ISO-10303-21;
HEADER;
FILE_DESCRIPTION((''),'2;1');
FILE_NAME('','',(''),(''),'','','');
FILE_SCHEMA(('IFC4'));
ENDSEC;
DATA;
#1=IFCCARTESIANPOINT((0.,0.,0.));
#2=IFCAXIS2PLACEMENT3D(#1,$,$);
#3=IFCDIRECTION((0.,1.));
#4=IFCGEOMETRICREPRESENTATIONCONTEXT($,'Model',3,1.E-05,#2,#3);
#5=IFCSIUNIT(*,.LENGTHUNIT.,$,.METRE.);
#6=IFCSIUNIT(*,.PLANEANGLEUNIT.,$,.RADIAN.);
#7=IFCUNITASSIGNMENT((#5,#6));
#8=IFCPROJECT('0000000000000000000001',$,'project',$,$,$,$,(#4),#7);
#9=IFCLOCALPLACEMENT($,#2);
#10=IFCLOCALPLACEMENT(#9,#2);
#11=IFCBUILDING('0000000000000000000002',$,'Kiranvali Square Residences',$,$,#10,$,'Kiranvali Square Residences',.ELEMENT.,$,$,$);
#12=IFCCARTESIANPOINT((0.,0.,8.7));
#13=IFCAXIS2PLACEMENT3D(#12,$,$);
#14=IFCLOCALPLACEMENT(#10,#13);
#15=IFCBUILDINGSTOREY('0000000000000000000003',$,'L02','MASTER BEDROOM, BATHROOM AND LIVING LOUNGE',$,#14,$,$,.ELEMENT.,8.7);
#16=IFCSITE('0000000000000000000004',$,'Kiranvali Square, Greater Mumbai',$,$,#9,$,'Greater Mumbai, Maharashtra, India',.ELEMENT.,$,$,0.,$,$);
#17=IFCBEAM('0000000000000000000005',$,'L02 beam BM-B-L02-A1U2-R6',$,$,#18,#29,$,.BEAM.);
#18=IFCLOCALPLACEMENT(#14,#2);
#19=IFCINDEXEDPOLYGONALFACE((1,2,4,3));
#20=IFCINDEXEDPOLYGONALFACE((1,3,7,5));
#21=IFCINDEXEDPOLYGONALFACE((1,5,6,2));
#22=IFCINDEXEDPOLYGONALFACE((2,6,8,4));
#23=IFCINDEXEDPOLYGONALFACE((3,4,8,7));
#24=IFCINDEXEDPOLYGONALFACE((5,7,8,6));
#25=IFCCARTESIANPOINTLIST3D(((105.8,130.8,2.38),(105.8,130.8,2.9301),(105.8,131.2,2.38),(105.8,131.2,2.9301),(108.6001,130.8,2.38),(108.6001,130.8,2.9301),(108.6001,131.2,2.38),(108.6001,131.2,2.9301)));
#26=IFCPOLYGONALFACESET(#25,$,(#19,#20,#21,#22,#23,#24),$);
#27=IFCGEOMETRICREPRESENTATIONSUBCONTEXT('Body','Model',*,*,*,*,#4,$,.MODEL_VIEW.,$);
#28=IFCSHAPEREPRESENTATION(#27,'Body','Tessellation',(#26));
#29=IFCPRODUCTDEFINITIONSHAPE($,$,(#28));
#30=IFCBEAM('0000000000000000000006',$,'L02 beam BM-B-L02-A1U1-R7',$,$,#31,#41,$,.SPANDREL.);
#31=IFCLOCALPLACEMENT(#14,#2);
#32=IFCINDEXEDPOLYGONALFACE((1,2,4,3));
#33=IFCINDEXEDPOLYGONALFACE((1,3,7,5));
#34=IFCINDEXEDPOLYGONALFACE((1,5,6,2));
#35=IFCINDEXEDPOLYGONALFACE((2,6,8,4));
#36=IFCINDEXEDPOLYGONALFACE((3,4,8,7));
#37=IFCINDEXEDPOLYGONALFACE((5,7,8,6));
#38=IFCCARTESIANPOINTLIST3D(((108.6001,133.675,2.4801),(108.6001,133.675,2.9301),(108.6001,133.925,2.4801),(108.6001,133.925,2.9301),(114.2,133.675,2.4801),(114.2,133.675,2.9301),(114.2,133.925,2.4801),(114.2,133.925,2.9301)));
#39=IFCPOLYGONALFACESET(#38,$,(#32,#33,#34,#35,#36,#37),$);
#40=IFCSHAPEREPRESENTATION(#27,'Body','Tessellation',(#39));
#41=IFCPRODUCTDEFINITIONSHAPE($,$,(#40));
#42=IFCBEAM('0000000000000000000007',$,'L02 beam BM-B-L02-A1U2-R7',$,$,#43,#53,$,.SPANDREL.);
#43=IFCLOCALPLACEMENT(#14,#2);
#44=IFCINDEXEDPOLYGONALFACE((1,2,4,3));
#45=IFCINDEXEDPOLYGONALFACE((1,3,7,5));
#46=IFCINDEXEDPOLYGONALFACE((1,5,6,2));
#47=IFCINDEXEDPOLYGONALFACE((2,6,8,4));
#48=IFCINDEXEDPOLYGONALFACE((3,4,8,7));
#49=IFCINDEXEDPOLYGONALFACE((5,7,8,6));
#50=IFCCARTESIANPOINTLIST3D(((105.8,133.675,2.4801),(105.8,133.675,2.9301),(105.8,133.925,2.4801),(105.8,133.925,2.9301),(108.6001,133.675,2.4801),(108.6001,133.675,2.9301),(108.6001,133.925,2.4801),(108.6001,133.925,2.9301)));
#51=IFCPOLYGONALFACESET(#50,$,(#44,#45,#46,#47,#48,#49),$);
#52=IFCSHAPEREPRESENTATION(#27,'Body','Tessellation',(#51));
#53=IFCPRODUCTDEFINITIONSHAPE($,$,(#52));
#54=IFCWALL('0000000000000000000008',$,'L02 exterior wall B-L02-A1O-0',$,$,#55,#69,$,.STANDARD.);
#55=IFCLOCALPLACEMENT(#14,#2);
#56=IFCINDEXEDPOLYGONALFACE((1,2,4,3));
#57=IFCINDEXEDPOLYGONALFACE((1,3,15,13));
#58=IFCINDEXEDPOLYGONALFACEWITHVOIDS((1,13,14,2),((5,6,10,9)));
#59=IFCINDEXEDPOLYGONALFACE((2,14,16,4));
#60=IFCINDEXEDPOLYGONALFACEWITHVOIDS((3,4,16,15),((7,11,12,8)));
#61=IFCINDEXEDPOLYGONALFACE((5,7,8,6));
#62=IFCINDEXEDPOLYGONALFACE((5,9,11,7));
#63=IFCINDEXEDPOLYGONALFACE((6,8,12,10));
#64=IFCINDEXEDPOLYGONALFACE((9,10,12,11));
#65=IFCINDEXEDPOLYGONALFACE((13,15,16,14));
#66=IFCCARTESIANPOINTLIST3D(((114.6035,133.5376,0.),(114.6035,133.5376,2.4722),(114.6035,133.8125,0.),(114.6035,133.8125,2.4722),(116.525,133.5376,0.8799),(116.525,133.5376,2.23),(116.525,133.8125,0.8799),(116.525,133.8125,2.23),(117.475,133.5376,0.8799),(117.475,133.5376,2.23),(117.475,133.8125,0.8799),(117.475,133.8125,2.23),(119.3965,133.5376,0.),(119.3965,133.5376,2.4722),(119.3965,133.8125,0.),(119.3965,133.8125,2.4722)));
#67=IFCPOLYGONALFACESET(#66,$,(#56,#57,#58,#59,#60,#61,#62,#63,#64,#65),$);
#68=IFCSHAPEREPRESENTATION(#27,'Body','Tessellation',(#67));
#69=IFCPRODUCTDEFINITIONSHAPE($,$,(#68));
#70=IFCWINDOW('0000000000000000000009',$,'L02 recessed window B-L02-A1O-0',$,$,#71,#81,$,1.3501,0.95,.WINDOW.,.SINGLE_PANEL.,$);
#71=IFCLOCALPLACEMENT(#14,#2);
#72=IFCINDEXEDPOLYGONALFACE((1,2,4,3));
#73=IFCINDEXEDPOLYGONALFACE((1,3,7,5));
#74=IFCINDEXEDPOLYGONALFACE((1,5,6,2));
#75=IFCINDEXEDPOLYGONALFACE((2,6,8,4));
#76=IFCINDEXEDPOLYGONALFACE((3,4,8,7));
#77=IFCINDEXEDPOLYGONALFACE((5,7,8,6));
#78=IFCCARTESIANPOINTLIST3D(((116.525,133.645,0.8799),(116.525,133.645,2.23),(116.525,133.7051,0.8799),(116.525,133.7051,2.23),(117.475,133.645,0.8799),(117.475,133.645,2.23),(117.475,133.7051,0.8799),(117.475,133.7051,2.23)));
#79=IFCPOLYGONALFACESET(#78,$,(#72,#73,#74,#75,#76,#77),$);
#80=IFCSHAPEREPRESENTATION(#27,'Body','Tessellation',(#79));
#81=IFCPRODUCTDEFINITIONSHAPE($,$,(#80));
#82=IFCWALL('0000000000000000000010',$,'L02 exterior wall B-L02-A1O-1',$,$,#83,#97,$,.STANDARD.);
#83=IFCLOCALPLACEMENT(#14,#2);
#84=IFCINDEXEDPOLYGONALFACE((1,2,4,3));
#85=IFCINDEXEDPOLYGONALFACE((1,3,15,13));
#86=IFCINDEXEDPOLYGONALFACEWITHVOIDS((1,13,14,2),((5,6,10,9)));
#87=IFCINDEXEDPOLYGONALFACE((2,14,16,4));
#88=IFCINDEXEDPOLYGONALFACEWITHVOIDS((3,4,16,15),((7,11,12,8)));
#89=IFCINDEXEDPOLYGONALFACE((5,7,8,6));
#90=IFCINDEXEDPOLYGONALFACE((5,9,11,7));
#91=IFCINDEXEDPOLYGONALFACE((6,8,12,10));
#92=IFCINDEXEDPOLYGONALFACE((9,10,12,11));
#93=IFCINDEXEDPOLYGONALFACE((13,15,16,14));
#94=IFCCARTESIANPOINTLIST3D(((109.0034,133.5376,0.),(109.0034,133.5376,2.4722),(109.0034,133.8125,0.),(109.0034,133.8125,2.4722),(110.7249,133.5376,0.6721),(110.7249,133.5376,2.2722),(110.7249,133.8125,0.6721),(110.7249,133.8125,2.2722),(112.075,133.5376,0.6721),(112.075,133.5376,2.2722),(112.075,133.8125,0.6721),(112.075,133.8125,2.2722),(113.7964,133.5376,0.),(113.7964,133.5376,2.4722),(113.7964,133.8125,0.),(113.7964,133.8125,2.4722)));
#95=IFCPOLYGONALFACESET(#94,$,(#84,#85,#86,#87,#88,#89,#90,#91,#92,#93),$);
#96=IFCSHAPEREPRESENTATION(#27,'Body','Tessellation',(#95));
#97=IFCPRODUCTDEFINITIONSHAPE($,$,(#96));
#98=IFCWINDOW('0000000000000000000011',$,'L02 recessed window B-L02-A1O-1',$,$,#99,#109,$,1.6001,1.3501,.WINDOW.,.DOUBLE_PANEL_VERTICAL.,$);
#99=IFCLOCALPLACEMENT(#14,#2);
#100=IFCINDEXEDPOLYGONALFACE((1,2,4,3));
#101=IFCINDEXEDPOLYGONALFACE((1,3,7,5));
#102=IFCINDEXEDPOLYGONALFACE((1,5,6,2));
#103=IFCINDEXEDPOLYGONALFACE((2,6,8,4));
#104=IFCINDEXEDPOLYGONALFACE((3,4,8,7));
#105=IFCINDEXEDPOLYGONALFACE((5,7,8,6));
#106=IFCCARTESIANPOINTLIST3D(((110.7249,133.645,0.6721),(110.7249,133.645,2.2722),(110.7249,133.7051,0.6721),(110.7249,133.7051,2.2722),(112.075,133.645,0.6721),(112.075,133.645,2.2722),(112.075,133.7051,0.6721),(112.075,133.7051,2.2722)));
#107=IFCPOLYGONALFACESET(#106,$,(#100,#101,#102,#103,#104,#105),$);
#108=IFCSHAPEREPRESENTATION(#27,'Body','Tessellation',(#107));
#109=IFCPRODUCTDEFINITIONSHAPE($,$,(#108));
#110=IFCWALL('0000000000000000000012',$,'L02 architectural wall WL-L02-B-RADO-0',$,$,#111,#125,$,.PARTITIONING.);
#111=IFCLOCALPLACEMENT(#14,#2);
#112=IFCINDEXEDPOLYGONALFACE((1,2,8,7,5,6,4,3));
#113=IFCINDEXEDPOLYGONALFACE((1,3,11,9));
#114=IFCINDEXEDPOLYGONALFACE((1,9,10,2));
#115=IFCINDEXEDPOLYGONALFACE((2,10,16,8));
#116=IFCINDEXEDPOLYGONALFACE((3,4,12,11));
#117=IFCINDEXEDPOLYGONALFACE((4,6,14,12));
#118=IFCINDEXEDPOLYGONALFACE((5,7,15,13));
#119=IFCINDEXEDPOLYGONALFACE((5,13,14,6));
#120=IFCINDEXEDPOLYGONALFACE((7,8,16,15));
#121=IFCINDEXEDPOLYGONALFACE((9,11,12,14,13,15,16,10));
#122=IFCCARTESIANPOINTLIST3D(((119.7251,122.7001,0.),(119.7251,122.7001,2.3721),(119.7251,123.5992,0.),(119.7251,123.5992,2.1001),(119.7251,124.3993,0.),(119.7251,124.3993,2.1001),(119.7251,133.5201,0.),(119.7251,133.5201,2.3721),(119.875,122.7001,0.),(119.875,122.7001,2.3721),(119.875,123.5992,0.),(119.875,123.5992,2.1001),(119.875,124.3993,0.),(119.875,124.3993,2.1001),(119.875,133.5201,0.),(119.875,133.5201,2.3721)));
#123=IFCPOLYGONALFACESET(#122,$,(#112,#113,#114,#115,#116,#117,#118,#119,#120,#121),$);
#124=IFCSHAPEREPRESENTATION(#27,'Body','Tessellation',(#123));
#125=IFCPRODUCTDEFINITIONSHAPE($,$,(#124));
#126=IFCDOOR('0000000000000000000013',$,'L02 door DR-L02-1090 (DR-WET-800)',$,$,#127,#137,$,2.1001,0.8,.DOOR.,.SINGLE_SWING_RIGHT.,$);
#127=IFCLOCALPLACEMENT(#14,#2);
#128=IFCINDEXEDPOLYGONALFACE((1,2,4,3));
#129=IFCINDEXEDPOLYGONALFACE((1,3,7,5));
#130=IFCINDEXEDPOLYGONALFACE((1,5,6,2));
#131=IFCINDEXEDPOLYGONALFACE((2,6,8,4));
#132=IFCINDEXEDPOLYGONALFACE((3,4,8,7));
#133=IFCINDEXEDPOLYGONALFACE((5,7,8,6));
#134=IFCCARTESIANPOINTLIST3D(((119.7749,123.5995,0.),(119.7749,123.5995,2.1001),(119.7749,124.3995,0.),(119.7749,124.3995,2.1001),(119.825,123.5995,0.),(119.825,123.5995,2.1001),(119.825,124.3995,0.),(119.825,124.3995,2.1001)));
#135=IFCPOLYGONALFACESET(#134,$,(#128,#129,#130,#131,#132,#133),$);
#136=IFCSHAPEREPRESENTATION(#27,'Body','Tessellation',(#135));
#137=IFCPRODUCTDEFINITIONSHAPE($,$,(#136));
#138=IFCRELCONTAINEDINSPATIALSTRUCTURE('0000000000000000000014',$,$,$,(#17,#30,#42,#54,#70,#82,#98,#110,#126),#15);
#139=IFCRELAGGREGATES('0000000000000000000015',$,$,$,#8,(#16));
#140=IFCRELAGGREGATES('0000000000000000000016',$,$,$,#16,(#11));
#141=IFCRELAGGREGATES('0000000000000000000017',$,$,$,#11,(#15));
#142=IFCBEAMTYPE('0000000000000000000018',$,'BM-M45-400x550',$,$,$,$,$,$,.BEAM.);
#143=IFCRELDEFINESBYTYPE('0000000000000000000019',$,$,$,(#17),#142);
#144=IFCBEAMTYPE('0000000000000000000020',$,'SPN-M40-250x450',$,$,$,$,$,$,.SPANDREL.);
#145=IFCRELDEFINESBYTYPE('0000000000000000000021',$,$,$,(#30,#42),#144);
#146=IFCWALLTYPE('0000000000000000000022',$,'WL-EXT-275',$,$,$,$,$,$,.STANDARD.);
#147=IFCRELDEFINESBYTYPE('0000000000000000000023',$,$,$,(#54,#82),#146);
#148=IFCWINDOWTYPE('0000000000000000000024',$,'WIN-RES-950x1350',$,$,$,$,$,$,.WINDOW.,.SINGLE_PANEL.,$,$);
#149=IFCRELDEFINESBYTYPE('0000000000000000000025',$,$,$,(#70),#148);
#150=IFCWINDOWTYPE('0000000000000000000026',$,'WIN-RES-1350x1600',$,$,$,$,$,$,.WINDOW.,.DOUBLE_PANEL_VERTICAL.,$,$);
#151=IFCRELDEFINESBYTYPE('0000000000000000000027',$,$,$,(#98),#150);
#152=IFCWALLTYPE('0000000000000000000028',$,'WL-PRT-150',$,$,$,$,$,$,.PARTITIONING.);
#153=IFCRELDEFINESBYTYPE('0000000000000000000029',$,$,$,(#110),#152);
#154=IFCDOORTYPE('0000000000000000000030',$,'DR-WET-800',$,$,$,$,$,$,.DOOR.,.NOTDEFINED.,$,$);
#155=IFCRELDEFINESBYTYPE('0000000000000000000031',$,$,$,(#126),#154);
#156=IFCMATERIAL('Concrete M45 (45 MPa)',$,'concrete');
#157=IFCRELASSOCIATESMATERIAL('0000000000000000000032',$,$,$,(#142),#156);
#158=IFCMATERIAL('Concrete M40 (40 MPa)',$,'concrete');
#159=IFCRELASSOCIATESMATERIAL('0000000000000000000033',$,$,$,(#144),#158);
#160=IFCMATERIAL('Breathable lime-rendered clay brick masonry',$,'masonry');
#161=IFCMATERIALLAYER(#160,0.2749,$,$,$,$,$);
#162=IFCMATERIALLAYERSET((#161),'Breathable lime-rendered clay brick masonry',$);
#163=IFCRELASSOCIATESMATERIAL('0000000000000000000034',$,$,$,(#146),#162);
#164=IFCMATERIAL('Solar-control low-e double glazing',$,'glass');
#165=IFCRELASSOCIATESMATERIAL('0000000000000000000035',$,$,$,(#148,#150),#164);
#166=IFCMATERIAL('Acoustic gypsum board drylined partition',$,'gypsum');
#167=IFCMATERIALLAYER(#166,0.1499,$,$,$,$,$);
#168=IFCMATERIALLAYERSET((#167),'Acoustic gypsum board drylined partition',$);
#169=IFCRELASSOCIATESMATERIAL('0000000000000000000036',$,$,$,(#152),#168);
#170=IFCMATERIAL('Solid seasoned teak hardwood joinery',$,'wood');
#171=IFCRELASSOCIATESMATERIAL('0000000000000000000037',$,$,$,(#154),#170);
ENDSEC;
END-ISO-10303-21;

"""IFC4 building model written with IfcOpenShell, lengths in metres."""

from ifc_helpers import new_model, si_unit, direction, frame, frame_2d, origin, origin_2d, place, context, subcontext, project, spatial, rectangle, extrude, material, layer, layer_set, material_profile, profile_set, type_object, element, fill, save


model = new_model("IFC4")

# Units and contexts
model_context = context("Model", 3, precision=1e-05, world=origin(), true_north=direction((0.0, 1.0)))
body_context = subcontext(model_context, "Body", "Model", "MODEL_VIEW")
ifc_project = project(units=[si_unit("LENGTHUNIT", "METRE"), si_unit("PLANEANGLEUNIT", "RADIAN")], contexts=[model_context])

# Site, building, storey
site_placement = place(None, origin())
site = spatial("IfcSite", under=ifc_project, at=site_placement, Name="Kiranvali Square, Greater Mumbai", LongName="Greater Mumbai, Maharashtra, India", CompositionType="ELEMENT", RefElevation=0.0)
building_placement = place(site_placement, origin())
building = spatial("IfcBuilding", under=site, at=building_placement, Name="Kiranvali Square Residences", LongName="Kiranvali Square Residences", CompositionType="ELEMENT")
storey_placement = place(building_placement, frame((0.0, 0.0, 8.7)))
storey = spatial("IfcBuildingStorey", under=building, at=storey_placement, Name="L02", Description="MASTER BEDROOM, BATHROOM AND LIVING LOUNGE", CompositionType="ELEMENT", Elevation=8.7)

# Beams
ifc_material_1 = material(Name="Concrete M40 (40 MPa)", Category="concrete")
ifc_material_2 = material(Name="Concrete M45 (45 MPa)", Category="concrete")
ifc_material_profile_1 = material_profile(ifc_material_2, rectangle(XDim=0.3999, YDim=0.55, at=origin_2d()), Name="RC 400x550")
ifc_profile_set_1 = profile_set([ifc_material_profile_1], Name="Concrete M45 (45 MPa)")
beam_type_1 = type_object("IfcBeamType", Name="BM-M45-400x550", PredefinedType="BEAM", material=ifc_profile_set_1)
beam_1_placement = place(storey_placement, frame((108.6001, 131.0, 2.655), z_axis=(-1.0, 0.0, 0.0), x_axis=(0.0, -1.0, 0.0)))
element("IfcBeam", 1, at=beam_1_placement, inside=storey, type_object=beam_type_1, Name="L02 beam BM-B-L02-A1U2-R6", PredefinedType="BEAM", context=body_context, shape_type="SweptSolid", body=[
    extrude(rectangle(XDim=0.3999, YDim=0.55, at=origin_2d()), origin(), (0.0, 0.0, 1.0), 2.8),
])
ifc_material_profile_2 = material_profile(ifc_material_1, rectangle(XDim=0.25, YDim=0.45, at=origin_2d()), Name="RC 250x450")
ifc_profile_set_2 = profile_set([ifc_material_profile_2], Name="Concrete M40 (40 MPa)")
beam_type_2 = type_object("IfcBeamType", Name="SPN-M40-250x450", PredefinedType="SPANDREL", material=ifc_profile_set_2)
beam_2_placement = place(storey_placement, frame((114.2, 133.8, 2.7051), z_axis=(-1.0, 0.0, 0.0), x_axis=(0.0, -1.0, 0.0)))
element("IfcBeam", 2, at=beam_2_placement, inside=storey, type_object=beam_type_2, Name="L02 beam BM-B-L02-A1U1-R7", PredefinedType="SPANDREL", context=body_context, shape_type="SweptSolid", body=[
    extrude(rectangle(XDim=0.25, YDim=0.45, at=origin_2d()), origin(), (0.0, 0.0, 1.0), 5.5999),
])
beam_3_placement = place(storey_placement, frame((108.6001, 133.8, 2.7051), z_axis=(-1.0, 0.0, 0.0), x_axis=(0.0, -1.0, 0.0)))
element("IfcBeam", 3, at=beam_3_placement, inside=storey, type_object=beam_type_2, Name="L02 beam BM-B-L02-A1U2-R7", PredefinedType="SPANDREL", context=body_context, shape_type="SweptSolid", body=[
    extrude(rectangle(XDim=0.25, YDim=0.45, at=origin_2d()), origin(), (0.0, 0.0, 1.0), 2.8),
])

# Walls, openings, windows
ifc_material_3 = material(Name="Breathable lime-rendered clay brick masonry", Category="masonry")
ifc_layer_1 = layer(ifc_material_3, 0.2749)
ifc_layer_set_1 = layer_set([ifc_layer_1], Name="Breathable lime-rendered clay brick masonry")
wall_type_1 = type_object("IfcWallType", Name="WL-EXT-275", PredefinedType="STANDARD", material=ifc_layer_set_1)
wall_1_placement = place(storey_placement, frame((119.3965, 133.675, 0.0), z_axis=(0.0, 0.0, 1.0), x_axis=(-1.0, 0.0, 0.0)))
wall_1 = element("IfcWall", 4, at=wall_1_placement, inside=storey, type_object=wall_type_1, Name="L02 exterior wall B-L02-A1O-0", PredefinedType="STANDARD", context=body_context, shape_type="SweptSolid", body=[
    extrude(rectangle(XDim=4.793, YDim=0.2749, at=frame_2d((2.3965, 0.0))), origin(), (0.0, 0.0, 1.0), 2.4722),
])
opening_1_placement = place(wall_1_placement, frame((1.9214, 0.0, 0.8799)))
opening_1 = element("IfcOpeningElement", 5, at=opening_1_placement, cuts=wall_1, PredefinedType="OPENING", context=body_context, shape_type="SweptSolid", body=[
    extrude(rectangle(XDim=0.95, YDim=1.3501, at=frame_2d((0.4751, 0.675))), frame((0.0, 0.1475, 0.0), z_axis=(0.0, -1.0, 0.0), x_axis=(1.0, 0.0, 0.0)), (0.0, 0.0, 1.0), 0.2949),
])
ifc_material_4 = material(Name="Solar-control low-e double glazing", Category="glass")
window_type_1 = type_object("IfcWindowType", Name="WIN-RES-950x1350", PartitioningType="SINGLE_PANEL", PredefinedType="WINDOW", material=ifc_material_4)
window_1_placement = place(opening_1_placement, origin())
window_1 = element("IfcWindow", 6, at=window_1_placement, inside=storey, type_object=window_type_1, Name="L02 recessed window B-L02-A1O-0", OverallHeight=1.3501, OverallWidth=0.95, PartitioningType="SINGLE_PANEL", PredefinedType="WINDOW", context=body_context, shape_type="SweptSolid", body=[
    extrude(rectangle(XDim=0.95, YDim=1.3501, at=frame_2d((0.4751, 0.675))), frame((0.0, 0.03, 0.0), z_axis=(0.0, -1.0, 0.0), x_axis=(1.0, 0.0, 0.0)), (0.0, 0.0, 1.0), 0.0601),
])
fill(opening_1, window_1)
wall_2_placement = place(storey_placement, frame((113.7964, 133.675, 0.0), z_axis=(0.0, 0.0, 1.0), x_axis=(-1.0, 0.0, 0.0)))
wall_2 = element("IfcWall", 7, at=wall_2_placement, inside=storey, type_object=wall_type_1, Name="L02 exterior wall B-L02-A1O-1", PredefinedType="STANDARD", context=body_context, shape_type="SweptSolid", body=[
    extrude(rectangle(XDim=4.793, YDim=0.2749, at=frame_2d((2.3965, 0.0))), origin(), (0.0, 0.0, 1.0), 2.4722),
])
opening_2_placement = place(wall_2_placement, frame((1.7214, 0.0, 0.6721)))
opening_2 = element("IfcOpeningElement", 8, at=opening_2_placement, cuts=wall_2, PredefinedType="OPENING", context=body_context, shape_type="SweptSolid", body=[
    extrude(rectangle(XDim=1.3501, YDim=1.6001, at=frame_2d((0.675, 0.8))), frame((0.0, 0.1475, 0.0), z_axis=(0.0, -1.0, 0.0), x_axis=(1.0, 0.0, 0.0)), (0.0, 0.0, 1.0), 0.2949),
])
window_type_2 = type_object("IfcWindowType", Name="WIN-RES-1350x1600", PartitioningType="DOUBLE_PANEL_VERTICAL", PredefinedType="WINDOW", material=ifc_material_4)
window_2_placement = place(opening_2_placement, origin())
window_2 = element("IfcWindow", 9, at=window_2_placement, inside=storey, type_object=window_type_2, Name="L02 recessed window B-L02-A1O-1", OverallHeight=1.6001, OverallWidth=1.3501, PartitioningType="DOUBLE_PANEL_VERTICAL", PredefinedType="WINDOW", context=body_context, shape_type="SweptSolid", body=[
    extrude(rectangle(XDim=1.3501, YDim=1.6001, at=frame_2d((0.675, 0.8))), frame((0.0, 0.03, 0.0), z_axis=(0.0, -1.0, 0.0), x_axis=(1.0, 0.0, 0.0)), (0.0, 0.0, 1.0), 0.0601),
])
fill(opening_2, window_2)

# Wall, opening, door
ifc_material_5 = material(Name="Acoustic gypsum board drylined partition", Category="gypsum")
ifc_layer_2 = layer(ifc_material_5, 0.1499)
ifc_layer_set_2 = layer_set([ifc_layer_2], Name="Acoustic gypsum board drylined partition")
wall_type_2 = type_object("IfcWallType", Name="WL-PRT-150", PredefinedType="PARTITIONING", material=ifc_layer_set_2)
wall_3_placement = place(storey_placement, frame((119.8, 122.7, 0.0), z_axis=(0.0, 0.0, 1.0), x_axis=(0.0, 1.0, 0.0)))
wall_3 = element("IfcWall", 10, at=wall_3_placement, inside=storey, type_object=wall_type_2, Name="L02 architectural wall WL-L02-B-RADO-0", PredefinedType="PARTITIONING", context=body_context, shape_type="SweptSolid", body=[
    extrude(rectangle(XDim=10.8201, YDim=0.1499, at=frame_2d((5.4102, 0.0))), origin(), (0.0, 0.0, 1.0), 2.3721),
])
opening_3_placement = place(wall_3_placement, frame((0.8994, 0.0, 0.0)))
opening_3 = element("IfcOpeningElement", 11, at=opening_3_placement, cuts=wall_3, PredefinedType="OPENING", context=body_context, shape_type="SweptSolid", body=[
    extrude(rectangle(XDim=0.8, YDim=2.1001, at=frame_2d((0.3999, 1.05))), frame((0.0, 0.085, 0.0), z_axis=(0.0, -1.0, 0.0), x_axis=(1.0, 0.0, 0.0)), (0.0, 0.0, 1.0), 0.1699),
])
ifc_material_6 = material(Name="Solid seasoned teak hardwood joinery", Category="wood")
door_type = type_object("IfcDoorType", Name="DR-WET-800", OperationType="NOTDEFINED", PredefinedType="DOOR", material=ifc_material_6)
door_placement = place(opening_3_placement, frame((0.8, 0.0, 0.0), z_axis=(0.0, 0.0, 1.0), x_axis=(-1.0, 0.0, 0.0)))
door = element("IfcDoor", 12, at=door_placement, inside=storey, type_object=door_type, Name="L02 door DR-L02-1090 (DR-WET-800)", OperationType="SINGLE_SWING_RIGHT", OverallHeight=2.1001, OverallWidth=0.8, PredefinedType="DOOR", context=body_context, shape_type="SweptSolid", body=[
    extrude(rectangle(XDim=0.8, YDim=2.1001, at=frame_2d((0.3999, 1.05))), frame((0.0, 0.0249, 0.0), z_axis=(0.0, -1.0, 0.0), x_axis=(1.0, 0.0, 0.0)), (0.0, 0.0, 1.0), 0.05),
])
fill(opening_3, door)

save(model, "model.ifc")
